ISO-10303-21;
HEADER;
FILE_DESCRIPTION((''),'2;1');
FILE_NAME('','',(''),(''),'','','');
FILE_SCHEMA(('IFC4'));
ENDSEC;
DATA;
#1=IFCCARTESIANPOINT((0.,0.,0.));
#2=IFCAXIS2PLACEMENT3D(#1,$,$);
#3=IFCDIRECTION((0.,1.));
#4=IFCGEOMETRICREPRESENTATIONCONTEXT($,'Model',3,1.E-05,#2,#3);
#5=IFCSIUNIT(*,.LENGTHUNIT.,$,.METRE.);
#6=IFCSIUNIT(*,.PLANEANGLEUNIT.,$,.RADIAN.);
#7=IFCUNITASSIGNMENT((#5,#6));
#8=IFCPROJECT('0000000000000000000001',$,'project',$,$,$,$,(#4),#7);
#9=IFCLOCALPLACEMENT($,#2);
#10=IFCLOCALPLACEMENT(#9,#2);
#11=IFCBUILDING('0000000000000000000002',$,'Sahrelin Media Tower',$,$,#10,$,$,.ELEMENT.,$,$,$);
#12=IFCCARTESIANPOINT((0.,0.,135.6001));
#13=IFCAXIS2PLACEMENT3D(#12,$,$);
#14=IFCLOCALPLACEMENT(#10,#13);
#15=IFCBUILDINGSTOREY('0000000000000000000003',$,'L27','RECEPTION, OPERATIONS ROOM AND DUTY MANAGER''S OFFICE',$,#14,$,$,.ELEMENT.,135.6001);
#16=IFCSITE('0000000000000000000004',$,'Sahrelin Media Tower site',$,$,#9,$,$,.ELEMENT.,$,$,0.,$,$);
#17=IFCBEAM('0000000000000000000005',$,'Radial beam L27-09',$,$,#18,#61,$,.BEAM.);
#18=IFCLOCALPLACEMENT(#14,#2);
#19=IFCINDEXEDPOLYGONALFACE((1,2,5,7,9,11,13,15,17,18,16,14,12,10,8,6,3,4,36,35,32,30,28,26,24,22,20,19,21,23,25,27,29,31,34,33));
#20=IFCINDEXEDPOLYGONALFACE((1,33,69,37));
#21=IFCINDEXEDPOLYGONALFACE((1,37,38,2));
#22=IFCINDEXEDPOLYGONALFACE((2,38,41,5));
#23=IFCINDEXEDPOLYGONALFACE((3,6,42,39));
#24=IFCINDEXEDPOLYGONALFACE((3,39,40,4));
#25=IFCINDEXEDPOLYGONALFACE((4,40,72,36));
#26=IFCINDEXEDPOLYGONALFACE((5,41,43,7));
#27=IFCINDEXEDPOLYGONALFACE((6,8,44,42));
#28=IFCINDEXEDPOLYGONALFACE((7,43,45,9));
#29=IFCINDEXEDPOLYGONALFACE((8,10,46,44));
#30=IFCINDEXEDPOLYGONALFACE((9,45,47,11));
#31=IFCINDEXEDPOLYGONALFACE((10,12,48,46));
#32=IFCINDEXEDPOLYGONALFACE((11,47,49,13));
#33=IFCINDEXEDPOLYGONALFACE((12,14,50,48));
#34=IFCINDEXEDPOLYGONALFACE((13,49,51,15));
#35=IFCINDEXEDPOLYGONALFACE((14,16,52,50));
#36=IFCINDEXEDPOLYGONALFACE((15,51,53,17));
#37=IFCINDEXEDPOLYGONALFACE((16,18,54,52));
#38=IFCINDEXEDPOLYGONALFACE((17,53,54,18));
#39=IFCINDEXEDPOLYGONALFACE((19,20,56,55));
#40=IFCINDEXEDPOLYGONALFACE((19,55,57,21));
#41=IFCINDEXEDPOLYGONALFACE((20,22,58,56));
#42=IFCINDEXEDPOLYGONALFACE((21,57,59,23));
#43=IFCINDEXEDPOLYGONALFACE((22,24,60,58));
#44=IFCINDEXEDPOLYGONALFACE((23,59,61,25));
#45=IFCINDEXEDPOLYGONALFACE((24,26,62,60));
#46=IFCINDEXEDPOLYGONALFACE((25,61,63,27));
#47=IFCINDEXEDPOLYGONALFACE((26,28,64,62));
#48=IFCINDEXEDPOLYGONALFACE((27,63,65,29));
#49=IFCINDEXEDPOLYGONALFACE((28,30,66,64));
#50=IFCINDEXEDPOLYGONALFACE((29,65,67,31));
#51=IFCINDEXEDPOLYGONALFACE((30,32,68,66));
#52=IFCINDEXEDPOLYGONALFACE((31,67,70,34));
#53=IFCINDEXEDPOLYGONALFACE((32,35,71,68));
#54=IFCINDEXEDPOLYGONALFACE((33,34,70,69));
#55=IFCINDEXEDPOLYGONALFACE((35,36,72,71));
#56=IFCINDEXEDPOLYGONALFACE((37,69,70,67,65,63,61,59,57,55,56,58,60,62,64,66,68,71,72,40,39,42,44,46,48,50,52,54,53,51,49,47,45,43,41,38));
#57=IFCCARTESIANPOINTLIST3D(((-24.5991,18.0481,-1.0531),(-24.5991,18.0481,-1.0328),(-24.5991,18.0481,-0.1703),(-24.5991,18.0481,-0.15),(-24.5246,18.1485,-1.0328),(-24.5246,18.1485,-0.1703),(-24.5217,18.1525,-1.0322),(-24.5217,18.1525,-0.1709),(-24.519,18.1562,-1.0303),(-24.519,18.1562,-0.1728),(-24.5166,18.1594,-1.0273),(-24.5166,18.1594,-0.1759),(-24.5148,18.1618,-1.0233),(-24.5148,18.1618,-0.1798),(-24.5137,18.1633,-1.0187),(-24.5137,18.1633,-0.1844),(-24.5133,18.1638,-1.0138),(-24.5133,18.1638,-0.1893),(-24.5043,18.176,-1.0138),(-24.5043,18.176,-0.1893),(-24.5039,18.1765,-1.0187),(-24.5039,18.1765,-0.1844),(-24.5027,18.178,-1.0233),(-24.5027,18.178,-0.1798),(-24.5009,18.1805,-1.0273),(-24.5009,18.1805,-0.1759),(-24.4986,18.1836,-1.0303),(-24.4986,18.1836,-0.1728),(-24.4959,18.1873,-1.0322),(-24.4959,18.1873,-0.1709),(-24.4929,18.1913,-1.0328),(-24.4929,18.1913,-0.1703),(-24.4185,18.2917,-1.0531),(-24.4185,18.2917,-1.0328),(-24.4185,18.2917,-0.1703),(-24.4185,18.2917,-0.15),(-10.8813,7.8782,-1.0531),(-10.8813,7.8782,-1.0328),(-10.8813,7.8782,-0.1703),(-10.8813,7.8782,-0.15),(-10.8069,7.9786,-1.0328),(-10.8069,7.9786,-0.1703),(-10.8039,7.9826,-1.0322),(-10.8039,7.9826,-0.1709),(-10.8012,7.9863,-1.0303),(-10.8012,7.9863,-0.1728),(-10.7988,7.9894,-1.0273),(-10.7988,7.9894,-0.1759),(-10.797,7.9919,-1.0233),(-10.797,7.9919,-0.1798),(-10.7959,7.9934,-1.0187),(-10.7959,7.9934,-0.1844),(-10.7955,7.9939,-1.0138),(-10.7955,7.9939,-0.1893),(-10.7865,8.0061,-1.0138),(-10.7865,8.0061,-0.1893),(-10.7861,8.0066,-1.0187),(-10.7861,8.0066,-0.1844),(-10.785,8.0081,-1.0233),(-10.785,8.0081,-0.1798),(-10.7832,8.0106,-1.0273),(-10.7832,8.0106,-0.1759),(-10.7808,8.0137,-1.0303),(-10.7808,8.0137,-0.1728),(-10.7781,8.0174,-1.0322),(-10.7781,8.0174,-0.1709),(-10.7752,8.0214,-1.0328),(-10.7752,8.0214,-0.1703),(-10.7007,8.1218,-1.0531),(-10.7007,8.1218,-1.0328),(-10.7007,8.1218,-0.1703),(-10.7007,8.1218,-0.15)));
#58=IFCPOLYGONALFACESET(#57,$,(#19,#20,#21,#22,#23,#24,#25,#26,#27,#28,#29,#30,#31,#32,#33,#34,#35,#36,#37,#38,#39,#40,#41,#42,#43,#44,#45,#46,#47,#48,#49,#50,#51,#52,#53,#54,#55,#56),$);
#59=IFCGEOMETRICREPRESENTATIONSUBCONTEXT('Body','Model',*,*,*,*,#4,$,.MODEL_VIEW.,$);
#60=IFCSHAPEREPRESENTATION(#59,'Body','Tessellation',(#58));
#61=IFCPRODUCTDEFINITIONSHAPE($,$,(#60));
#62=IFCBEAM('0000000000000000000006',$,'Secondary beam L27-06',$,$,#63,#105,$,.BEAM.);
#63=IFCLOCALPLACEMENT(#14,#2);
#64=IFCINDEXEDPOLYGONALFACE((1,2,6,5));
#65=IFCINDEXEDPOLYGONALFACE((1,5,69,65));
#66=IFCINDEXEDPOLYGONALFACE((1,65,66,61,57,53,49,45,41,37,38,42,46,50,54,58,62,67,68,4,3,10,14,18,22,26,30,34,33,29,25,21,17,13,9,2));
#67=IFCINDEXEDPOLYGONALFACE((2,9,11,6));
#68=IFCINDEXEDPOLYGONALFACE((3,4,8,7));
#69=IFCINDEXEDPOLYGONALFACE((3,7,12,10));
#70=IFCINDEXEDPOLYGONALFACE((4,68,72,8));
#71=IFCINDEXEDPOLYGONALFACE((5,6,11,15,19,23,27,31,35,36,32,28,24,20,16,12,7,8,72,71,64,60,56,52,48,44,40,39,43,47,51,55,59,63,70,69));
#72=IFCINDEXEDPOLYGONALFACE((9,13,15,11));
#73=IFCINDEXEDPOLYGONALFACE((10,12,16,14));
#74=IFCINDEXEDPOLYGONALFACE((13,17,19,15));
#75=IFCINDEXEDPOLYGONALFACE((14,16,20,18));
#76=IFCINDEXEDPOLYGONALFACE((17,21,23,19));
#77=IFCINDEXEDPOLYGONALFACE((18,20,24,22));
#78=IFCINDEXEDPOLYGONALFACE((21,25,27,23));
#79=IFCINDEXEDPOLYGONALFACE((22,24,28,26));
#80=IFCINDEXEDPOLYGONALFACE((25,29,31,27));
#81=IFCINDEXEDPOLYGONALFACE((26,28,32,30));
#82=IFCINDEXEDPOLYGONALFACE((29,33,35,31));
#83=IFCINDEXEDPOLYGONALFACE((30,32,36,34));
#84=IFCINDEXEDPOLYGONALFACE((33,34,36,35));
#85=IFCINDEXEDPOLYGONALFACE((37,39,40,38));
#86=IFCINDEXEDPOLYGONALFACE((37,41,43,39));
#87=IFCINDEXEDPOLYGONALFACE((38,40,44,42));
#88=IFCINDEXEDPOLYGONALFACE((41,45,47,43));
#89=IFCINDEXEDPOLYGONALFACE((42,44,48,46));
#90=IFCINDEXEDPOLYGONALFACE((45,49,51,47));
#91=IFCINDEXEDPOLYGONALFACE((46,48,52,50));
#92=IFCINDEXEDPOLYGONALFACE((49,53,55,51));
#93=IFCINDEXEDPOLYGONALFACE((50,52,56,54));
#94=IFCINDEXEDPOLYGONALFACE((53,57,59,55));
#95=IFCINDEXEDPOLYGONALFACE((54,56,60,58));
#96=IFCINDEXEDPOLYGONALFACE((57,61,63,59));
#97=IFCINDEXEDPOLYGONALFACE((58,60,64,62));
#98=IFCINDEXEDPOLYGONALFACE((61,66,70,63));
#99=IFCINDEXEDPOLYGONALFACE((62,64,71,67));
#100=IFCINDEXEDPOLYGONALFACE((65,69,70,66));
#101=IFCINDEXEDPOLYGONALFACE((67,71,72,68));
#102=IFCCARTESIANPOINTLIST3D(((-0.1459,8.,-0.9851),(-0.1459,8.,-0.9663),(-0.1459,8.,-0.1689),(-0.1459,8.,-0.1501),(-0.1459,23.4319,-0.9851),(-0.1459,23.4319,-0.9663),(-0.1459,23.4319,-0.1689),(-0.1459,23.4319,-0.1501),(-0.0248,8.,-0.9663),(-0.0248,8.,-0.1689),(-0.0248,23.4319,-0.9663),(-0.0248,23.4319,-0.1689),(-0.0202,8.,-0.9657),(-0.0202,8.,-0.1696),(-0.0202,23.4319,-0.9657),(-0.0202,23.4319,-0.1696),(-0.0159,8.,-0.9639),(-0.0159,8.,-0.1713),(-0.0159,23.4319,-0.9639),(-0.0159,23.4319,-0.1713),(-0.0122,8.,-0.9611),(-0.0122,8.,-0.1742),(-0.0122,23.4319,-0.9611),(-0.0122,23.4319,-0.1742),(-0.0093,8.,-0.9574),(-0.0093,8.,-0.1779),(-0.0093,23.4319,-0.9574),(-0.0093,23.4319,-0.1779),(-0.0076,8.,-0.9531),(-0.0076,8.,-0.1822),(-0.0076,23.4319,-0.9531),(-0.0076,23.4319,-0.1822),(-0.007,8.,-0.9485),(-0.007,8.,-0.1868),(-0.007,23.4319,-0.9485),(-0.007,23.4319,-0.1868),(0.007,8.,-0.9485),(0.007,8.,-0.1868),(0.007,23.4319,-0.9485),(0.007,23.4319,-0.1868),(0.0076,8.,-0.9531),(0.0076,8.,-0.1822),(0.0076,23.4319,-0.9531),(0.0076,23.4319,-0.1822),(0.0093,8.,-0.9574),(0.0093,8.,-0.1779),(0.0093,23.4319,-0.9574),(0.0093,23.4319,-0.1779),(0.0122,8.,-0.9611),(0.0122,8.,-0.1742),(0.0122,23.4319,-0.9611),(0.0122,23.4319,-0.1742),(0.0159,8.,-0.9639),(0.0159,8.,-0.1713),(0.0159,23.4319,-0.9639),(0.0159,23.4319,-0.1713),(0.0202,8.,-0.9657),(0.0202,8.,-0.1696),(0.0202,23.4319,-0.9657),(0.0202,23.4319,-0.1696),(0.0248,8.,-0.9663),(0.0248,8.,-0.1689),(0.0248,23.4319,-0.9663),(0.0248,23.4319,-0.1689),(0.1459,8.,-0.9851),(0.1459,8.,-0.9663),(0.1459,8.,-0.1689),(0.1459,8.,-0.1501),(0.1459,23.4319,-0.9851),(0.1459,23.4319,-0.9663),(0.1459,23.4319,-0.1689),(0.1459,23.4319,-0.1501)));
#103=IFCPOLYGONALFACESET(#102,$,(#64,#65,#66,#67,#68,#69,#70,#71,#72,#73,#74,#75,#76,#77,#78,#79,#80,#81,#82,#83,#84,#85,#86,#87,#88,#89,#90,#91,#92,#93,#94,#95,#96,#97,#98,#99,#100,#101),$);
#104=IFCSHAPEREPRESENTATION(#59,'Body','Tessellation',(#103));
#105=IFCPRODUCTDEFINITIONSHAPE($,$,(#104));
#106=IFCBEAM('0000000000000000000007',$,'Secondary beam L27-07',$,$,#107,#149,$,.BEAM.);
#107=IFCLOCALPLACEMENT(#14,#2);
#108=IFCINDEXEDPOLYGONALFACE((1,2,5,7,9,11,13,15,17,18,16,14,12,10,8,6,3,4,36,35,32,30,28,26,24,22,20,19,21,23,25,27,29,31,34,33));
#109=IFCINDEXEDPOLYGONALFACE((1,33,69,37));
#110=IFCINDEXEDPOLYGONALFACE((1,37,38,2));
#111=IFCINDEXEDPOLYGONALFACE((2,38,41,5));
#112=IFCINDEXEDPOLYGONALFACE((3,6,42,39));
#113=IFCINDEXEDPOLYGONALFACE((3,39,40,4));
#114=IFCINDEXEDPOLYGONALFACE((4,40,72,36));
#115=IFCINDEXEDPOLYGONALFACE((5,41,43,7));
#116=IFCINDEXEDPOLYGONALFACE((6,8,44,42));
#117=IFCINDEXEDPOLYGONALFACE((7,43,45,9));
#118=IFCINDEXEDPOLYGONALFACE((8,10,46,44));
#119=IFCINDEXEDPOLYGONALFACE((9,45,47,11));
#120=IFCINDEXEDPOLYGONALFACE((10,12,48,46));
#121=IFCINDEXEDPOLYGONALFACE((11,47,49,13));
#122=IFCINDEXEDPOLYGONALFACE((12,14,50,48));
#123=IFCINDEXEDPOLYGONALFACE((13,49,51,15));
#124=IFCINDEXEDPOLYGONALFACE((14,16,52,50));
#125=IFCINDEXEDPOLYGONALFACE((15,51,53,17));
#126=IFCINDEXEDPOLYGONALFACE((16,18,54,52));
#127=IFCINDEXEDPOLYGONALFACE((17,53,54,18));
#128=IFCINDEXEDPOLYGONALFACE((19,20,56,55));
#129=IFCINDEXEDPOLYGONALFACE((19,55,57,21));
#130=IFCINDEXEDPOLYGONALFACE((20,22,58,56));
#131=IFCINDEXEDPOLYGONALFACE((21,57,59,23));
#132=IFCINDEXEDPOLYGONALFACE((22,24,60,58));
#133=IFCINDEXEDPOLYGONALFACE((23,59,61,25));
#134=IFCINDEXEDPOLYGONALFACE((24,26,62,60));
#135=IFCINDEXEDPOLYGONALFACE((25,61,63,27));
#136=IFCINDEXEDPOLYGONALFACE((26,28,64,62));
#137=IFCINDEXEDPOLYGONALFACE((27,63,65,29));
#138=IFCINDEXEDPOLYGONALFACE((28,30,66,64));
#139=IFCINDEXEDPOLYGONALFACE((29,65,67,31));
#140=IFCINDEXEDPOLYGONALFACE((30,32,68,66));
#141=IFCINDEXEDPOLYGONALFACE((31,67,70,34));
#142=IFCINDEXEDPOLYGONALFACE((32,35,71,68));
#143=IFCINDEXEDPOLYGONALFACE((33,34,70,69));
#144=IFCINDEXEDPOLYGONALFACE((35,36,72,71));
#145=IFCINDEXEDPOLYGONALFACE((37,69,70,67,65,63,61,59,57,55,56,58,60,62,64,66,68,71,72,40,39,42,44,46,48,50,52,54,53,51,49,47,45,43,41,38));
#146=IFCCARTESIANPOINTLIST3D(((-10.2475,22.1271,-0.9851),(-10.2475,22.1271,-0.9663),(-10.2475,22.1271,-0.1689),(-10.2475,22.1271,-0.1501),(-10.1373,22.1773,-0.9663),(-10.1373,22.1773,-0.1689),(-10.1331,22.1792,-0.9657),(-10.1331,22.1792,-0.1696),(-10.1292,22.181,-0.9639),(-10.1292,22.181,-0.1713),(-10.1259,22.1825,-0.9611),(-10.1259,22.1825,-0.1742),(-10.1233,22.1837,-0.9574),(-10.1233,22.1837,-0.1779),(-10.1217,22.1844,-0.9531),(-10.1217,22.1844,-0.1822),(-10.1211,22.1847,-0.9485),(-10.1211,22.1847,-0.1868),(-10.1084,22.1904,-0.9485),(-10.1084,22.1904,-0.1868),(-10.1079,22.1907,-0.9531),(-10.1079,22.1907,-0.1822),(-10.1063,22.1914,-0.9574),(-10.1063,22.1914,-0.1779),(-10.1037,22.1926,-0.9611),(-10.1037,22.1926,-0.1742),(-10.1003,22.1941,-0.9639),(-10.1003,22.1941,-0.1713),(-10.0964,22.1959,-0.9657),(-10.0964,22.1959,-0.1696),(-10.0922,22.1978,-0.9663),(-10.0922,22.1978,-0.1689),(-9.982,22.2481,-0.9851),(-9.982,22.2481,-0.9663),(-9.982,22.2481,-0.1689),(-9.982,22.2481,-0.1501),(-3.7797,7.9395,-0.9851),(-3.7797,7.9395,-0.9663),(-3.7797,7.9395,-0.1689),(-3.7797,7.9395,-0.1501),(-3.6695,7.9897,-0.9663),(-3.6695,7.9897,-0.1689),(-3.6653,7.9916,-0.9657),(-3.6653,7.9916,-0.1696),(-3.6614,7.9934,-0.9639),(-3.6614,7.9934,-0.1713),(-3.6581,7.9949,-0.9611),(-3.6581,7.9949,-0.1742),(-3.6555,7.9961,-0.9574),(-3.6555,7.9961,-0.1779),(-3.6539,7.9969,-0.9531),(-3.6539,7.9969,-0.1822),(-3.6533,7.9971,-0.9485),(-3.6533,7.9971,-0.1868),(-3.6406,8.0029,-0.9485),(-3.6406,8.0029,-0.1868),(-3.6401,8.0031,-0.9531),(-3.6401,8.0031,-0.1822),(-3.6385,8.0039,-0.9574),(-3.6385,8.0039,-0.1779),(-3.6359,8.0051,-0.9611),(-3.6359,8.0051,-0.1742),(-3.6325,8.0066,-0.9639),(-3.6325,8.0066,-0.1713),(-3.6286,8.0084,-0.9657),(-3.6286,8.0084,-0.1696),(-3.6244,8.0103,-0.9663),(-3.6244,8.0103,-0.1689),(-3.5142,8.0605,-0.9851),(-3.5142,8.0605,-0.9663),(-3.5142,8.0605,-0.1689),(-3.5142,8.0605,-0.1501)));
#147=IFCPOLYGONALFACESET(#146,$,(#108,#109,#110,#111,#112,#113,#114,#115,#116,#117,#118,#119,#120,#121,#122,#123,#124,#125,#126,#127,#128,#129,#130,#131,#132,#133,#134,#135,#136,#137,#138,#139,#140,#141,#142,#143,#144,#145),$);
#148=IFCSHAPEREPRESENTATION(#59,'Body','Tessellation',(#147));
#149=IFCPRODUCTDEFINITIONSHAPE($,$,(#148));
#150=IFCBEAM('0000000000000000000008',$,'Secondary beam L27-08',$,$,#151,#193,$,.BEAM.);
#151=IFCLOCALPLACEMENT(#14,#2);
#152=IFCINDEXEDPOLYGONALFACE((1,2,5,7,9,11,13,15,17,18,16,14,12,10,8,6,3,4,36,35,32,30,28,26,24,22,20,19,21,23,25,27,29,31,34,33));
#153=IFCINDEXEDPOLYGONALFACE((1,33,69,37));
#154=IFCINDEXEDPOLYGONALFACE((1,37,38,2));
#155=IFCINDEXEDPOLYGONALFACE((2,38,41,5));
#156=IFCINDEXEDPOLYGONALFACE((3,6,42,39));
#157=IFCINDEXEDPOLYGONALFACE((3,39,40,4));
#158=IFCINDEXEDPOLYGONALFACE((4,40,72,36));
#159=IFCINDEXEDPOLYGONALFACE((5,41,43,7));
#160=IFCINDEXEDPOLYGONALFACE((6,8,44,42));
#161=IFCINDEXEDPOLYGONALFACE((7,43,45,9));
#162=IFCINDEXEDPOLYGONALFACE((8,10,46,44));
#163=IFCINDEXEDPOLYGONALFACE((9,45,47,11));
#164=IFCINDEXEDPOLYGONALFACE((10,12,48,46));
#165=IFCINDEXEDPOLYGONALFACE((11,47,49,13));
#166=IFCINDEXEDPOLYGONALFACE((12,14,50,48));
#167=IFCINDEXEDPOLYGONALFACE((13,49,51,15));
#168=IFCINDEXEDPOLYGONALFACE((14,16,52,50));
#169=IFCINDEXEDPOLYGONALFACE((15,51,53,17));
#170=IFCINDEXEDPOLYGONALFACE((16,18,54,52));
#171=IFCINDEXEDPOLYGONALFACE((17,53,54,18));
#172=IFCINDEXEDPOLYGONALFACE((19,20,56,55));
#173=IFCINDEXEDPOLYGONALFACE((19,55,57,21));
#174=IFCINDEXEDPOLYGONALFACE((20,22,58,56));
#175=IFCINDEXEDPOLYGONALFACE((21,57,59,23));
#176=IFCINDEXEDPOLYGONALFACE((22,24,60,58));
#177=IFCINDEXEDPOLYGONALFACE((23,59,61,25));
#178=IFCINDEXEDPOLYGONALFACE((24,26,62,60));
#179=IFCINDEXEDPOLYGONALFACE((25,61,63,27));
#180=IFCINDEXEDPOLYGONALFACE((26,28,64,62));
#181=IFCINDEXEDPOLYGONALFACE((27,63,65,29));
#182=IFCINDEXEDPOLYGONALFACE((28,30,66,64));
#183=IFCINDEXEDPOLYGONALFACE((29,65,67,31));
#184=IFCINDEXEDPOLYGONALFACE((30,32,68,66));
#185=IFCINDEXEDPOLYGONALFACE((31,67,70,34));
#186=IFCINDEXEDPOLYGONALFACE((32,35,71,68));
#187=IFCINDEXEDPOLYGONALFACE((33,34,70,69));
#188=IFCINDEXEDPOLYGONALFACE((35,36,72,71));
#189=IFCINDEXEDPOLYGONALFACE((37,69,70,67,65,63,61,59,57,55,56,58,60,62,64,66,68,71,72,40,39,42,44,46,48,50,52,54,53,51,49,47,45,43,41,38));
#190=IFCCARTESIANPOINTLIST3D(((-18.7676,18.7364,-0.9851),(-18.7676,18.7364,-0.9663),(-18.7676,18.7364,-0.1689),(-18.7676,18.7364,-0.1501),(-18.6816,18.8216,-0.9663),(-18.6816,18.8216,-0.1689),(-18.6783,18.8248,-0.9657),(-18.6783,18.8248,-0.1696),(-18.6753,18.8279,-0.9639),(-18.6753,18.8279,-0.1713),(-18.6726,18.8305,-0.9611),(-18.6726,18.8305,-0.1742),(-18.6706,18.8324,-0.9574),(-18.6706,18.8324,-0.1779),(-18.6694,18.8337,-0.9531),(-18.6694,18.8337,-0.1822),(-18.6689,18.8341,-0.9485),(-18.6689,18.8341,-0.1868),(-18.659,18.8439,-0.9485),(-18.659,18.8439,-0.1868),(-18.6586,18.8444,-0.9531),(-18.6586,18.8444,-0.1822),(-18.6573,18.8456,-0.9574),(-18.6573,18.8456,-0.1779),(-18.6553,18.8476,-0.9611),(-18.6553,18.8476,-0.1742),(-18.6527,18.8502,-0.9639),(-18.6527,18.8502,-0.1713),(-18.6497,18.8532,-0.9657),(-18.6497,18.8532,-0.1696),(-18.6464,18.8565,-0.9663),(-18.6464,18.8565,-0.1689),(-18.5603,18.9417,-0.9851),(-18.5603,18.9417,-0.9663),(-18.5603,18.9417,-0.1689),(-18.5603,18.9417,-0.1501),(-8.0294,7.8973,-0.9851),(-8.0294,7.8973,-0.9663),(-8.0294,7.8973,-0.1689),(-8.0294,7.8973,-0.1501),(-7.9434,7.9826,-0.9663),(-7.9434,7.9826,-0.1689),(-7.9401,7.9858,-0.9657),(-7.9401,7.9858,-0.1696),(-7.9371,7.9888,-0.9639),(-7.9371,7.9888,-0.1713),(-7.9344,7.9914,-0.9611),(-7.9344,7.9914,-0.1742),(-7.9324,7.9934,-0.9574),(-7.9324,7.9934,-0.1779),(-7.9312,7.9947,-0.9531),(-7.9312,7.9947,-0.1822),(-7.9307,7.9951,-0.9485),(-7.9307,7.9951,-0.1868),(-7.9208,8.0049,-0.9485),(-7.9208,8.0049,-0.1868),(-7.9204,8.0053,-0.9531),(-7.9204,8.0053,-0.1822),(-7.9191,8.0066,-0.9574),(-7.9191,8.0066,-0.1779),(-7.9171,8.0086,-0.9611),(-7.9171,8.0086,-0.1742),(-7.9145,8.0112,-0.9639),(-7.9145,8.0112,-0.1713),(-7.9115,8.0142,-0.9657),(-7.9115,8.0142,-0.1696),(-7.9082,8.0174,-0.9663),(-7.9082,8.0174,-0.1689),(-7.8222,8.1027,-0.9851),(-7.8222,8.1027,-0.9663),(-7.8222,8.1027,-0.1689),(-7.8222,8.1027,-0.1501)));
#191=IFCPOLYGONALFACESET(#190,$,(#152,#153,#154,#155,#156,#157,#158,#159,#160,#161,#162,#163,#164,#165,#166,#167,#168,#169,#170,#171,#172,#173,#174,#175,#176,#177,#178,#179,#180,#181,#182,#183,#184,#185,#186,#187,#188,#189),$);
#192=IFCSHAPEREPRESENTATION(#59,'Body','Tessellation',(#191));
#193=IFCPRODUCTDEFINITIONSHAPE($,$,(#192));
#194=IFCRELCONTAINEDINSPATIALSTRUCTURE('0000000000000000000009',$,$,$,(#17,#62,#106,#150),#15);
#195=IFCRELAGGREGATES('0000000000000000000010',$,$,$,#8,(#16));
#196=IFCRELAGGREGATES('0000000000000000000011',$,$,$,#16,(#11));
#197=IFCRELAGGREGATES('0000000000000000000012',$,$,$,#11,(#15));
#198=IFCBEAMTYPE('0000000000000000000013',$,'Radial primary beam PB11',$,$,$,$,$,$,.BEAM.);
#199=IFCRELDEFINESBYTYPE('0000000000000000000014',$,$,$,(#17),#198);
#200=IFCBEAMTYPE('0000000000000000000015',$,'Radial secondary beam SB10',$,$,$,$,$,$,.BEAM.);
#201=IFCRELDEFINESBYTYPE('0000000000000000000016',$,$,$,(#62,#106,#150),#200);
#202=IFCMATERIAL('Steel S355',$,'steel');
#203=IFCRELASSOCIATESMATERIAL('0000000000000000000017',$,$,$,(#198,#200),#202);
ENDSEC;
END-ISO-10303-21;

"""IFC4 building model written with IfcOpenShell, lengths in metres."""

from ifc_helpers import new_model, si_unit, direction, frame, origin, origin_2d, place, context, subcontext, project, spatial, i_section, extrude, material, material_profile, profile_set, type_object, element, save


model = new_model("IFC4")

# Units and contexts
model_context = context("Model", 3, precision=1e-05, world=origin(), true_north=direction((0.0, 1.0)))
body_context = subcontext(model_context, "Body", "Model", "MODEL_VIEW")
ifc_project = project(units=[si_unit("LENGTHUNIT", "METRE"), si_unit("PLANEANGLEUNIT", "RADIAN")], contexts=[model_context])

# Site, building, storey
site_placement = place(None, origin())
site = spatial("IfcSite", under=ifc_project, at=site_placement, Name="Sahrelin Media Tower site", CompositionType="ELEMENT", RefElevation=0.0)
building_placement = place(site_placement, origin())
building = spatial("IfcBuilding", under=site, at=building_placement, Name="Sahrelin Media Tower", CompositionType="ELEMENT")
storey_placement = place(building_placement, frame((0.0, 0.0, 135.6001)))
storey = spatial("IfcBuildingStorey", under=building, at=storey_placement, Name="L27", Description="RECEPTION, OPERATIONS ROOM AND DUTY MANAGER'S OFFICE", CompositionType="ELEMENT", Elevation=135.6001)

# Shared definitions
ifc_material_1 = material(Name="Steel S355", Category="steel")

# Beams
ifc_material_profile_1 = material_profile(ifc_material_1, i_section(OverallWidth=0.3032, OverallDepth=0.9031, WebThickness=0.0151, FlangeThickness=0.0203, FilletRadius=0.019, at=origin_2d()), Name="UB 914x305x201")
ifc_profile_set_1 = profile_set([ifc_material_profile_1], Name="Steel S355")
beam_type_1 = type_object("IfcBeamType", Name="Radial primary beam PB11", PredefinedType="BEAM", material=ifc_profile_set_1)
beam_1_placement = place(storey_placement, frame((-10.791, 8.0, -0.6016), z_axis=(-0.803316, 0.595553, 0.0), x_axis=(-0.595553, -0.803316, 0.0)))
element("IfcBeam", 1, at=beam_1_placement, inside=storey, type_object=beam_type_1, Name="Radial beam L27-09", PredefinedType="BEAM", context=body_context, shape_type="SweptSolid", body=[
    extrude(i_section(OverallWidth=0.3032, OverallDepth=0.9031, WebThickness=0.0151, FlangeThickness=0.0203, FilletRadius=0.019, at=origin_2d()), origin(), (0.0, 0.0, 1.0), 17.0764),
])
ifc_material_profile_2 = material_profile(ifc_material_1, i_section(OverallWidth=0.2917, OverallDepth=0.835, WebThickness=0.0139, FlangeThickness=0.0188, FilletRadius=0.0178, at=origin_2d()), Name="UB 838x292x176")
ifc_profile_set_2 = profile_set([ifc_material_profile_2], Name="Steel S355")
beam_type_2 = type_object("IfcBeamType", Name="Radial secondary beam SB10", PredefinedType="BEAM", material=ifc_profile_set_2)
beam_2_placement = place(storey_placement, frame((0.0, 8.0, -0.5676), z_axis=(0.0, 1.0, 0.0), x_axis=(-1.0, 0.0, 0.0)))
element("IfcBeam", 2, at=beam_2_placement, inside=storey, type_object=beam_type_2, Name="Secondary beam L27-06", PredefinedType="BEAM", context=body_context, shape_type="SweptSolid", body=[
    extrude(i_section(OverallWidth=0.2917, OverallDepth=0.835, WebThickness=0.0139, FlangeThickness=0.0188, FilletRadius=0.0178, at=origin_2d()), origin(), (0.0, 0.0, 1.0), 15.4319),
])
beam_3_placement = place(storey_placement, frame((-3.647, 8.0, -0.5676), z_axis=(-0.414808, 0.909909, 0.0), x_axis=(-0.909909, -0.414808, 0.0)))
element("IfcBeam", 3, at=beam_3_placement, inside=storey, type_object=beam_type_2, Name="Secondary beam L27-07", PredefinedType="BEAM", context=body_context, shape_type="SweptSolid", body=[
    extrude(i_section(OverallWidth=0.2917, OverallDepth=0.835, WebThickness=0.0139, FlangeThickness=0.0188, FilletRadius=0.0178, at=origin_2d()), origin(), (0.0, 0.0, 1.0), 15.5923),
])
beam_4_placement = place(storey_placement, frame((-7.9258, 8.0, -0.5676), z_axis=(-0.703795, 0.710403, 0.0), x_axis=(-0.710403, -0.703795, 0.0)))
element("IfcBeam", 4, at=beam_4_placement, inside=storey, type_object=beam_type_2, Name="Secondary beam L27-08", PredefinedType="BEAM", context=body_context, shape_type="SweptSolid", body=[
    extrude(i_section(OverallWidth=0.2917, OverallDepth=0.835, WebThickness=0.0139, FlangeThickness=0.0188, FilletRadius=0.0178, at=origin_2d()), origin(), (0.0, 0.0, 1.0), 15.2576),
])

save(model, "model.ifc")
